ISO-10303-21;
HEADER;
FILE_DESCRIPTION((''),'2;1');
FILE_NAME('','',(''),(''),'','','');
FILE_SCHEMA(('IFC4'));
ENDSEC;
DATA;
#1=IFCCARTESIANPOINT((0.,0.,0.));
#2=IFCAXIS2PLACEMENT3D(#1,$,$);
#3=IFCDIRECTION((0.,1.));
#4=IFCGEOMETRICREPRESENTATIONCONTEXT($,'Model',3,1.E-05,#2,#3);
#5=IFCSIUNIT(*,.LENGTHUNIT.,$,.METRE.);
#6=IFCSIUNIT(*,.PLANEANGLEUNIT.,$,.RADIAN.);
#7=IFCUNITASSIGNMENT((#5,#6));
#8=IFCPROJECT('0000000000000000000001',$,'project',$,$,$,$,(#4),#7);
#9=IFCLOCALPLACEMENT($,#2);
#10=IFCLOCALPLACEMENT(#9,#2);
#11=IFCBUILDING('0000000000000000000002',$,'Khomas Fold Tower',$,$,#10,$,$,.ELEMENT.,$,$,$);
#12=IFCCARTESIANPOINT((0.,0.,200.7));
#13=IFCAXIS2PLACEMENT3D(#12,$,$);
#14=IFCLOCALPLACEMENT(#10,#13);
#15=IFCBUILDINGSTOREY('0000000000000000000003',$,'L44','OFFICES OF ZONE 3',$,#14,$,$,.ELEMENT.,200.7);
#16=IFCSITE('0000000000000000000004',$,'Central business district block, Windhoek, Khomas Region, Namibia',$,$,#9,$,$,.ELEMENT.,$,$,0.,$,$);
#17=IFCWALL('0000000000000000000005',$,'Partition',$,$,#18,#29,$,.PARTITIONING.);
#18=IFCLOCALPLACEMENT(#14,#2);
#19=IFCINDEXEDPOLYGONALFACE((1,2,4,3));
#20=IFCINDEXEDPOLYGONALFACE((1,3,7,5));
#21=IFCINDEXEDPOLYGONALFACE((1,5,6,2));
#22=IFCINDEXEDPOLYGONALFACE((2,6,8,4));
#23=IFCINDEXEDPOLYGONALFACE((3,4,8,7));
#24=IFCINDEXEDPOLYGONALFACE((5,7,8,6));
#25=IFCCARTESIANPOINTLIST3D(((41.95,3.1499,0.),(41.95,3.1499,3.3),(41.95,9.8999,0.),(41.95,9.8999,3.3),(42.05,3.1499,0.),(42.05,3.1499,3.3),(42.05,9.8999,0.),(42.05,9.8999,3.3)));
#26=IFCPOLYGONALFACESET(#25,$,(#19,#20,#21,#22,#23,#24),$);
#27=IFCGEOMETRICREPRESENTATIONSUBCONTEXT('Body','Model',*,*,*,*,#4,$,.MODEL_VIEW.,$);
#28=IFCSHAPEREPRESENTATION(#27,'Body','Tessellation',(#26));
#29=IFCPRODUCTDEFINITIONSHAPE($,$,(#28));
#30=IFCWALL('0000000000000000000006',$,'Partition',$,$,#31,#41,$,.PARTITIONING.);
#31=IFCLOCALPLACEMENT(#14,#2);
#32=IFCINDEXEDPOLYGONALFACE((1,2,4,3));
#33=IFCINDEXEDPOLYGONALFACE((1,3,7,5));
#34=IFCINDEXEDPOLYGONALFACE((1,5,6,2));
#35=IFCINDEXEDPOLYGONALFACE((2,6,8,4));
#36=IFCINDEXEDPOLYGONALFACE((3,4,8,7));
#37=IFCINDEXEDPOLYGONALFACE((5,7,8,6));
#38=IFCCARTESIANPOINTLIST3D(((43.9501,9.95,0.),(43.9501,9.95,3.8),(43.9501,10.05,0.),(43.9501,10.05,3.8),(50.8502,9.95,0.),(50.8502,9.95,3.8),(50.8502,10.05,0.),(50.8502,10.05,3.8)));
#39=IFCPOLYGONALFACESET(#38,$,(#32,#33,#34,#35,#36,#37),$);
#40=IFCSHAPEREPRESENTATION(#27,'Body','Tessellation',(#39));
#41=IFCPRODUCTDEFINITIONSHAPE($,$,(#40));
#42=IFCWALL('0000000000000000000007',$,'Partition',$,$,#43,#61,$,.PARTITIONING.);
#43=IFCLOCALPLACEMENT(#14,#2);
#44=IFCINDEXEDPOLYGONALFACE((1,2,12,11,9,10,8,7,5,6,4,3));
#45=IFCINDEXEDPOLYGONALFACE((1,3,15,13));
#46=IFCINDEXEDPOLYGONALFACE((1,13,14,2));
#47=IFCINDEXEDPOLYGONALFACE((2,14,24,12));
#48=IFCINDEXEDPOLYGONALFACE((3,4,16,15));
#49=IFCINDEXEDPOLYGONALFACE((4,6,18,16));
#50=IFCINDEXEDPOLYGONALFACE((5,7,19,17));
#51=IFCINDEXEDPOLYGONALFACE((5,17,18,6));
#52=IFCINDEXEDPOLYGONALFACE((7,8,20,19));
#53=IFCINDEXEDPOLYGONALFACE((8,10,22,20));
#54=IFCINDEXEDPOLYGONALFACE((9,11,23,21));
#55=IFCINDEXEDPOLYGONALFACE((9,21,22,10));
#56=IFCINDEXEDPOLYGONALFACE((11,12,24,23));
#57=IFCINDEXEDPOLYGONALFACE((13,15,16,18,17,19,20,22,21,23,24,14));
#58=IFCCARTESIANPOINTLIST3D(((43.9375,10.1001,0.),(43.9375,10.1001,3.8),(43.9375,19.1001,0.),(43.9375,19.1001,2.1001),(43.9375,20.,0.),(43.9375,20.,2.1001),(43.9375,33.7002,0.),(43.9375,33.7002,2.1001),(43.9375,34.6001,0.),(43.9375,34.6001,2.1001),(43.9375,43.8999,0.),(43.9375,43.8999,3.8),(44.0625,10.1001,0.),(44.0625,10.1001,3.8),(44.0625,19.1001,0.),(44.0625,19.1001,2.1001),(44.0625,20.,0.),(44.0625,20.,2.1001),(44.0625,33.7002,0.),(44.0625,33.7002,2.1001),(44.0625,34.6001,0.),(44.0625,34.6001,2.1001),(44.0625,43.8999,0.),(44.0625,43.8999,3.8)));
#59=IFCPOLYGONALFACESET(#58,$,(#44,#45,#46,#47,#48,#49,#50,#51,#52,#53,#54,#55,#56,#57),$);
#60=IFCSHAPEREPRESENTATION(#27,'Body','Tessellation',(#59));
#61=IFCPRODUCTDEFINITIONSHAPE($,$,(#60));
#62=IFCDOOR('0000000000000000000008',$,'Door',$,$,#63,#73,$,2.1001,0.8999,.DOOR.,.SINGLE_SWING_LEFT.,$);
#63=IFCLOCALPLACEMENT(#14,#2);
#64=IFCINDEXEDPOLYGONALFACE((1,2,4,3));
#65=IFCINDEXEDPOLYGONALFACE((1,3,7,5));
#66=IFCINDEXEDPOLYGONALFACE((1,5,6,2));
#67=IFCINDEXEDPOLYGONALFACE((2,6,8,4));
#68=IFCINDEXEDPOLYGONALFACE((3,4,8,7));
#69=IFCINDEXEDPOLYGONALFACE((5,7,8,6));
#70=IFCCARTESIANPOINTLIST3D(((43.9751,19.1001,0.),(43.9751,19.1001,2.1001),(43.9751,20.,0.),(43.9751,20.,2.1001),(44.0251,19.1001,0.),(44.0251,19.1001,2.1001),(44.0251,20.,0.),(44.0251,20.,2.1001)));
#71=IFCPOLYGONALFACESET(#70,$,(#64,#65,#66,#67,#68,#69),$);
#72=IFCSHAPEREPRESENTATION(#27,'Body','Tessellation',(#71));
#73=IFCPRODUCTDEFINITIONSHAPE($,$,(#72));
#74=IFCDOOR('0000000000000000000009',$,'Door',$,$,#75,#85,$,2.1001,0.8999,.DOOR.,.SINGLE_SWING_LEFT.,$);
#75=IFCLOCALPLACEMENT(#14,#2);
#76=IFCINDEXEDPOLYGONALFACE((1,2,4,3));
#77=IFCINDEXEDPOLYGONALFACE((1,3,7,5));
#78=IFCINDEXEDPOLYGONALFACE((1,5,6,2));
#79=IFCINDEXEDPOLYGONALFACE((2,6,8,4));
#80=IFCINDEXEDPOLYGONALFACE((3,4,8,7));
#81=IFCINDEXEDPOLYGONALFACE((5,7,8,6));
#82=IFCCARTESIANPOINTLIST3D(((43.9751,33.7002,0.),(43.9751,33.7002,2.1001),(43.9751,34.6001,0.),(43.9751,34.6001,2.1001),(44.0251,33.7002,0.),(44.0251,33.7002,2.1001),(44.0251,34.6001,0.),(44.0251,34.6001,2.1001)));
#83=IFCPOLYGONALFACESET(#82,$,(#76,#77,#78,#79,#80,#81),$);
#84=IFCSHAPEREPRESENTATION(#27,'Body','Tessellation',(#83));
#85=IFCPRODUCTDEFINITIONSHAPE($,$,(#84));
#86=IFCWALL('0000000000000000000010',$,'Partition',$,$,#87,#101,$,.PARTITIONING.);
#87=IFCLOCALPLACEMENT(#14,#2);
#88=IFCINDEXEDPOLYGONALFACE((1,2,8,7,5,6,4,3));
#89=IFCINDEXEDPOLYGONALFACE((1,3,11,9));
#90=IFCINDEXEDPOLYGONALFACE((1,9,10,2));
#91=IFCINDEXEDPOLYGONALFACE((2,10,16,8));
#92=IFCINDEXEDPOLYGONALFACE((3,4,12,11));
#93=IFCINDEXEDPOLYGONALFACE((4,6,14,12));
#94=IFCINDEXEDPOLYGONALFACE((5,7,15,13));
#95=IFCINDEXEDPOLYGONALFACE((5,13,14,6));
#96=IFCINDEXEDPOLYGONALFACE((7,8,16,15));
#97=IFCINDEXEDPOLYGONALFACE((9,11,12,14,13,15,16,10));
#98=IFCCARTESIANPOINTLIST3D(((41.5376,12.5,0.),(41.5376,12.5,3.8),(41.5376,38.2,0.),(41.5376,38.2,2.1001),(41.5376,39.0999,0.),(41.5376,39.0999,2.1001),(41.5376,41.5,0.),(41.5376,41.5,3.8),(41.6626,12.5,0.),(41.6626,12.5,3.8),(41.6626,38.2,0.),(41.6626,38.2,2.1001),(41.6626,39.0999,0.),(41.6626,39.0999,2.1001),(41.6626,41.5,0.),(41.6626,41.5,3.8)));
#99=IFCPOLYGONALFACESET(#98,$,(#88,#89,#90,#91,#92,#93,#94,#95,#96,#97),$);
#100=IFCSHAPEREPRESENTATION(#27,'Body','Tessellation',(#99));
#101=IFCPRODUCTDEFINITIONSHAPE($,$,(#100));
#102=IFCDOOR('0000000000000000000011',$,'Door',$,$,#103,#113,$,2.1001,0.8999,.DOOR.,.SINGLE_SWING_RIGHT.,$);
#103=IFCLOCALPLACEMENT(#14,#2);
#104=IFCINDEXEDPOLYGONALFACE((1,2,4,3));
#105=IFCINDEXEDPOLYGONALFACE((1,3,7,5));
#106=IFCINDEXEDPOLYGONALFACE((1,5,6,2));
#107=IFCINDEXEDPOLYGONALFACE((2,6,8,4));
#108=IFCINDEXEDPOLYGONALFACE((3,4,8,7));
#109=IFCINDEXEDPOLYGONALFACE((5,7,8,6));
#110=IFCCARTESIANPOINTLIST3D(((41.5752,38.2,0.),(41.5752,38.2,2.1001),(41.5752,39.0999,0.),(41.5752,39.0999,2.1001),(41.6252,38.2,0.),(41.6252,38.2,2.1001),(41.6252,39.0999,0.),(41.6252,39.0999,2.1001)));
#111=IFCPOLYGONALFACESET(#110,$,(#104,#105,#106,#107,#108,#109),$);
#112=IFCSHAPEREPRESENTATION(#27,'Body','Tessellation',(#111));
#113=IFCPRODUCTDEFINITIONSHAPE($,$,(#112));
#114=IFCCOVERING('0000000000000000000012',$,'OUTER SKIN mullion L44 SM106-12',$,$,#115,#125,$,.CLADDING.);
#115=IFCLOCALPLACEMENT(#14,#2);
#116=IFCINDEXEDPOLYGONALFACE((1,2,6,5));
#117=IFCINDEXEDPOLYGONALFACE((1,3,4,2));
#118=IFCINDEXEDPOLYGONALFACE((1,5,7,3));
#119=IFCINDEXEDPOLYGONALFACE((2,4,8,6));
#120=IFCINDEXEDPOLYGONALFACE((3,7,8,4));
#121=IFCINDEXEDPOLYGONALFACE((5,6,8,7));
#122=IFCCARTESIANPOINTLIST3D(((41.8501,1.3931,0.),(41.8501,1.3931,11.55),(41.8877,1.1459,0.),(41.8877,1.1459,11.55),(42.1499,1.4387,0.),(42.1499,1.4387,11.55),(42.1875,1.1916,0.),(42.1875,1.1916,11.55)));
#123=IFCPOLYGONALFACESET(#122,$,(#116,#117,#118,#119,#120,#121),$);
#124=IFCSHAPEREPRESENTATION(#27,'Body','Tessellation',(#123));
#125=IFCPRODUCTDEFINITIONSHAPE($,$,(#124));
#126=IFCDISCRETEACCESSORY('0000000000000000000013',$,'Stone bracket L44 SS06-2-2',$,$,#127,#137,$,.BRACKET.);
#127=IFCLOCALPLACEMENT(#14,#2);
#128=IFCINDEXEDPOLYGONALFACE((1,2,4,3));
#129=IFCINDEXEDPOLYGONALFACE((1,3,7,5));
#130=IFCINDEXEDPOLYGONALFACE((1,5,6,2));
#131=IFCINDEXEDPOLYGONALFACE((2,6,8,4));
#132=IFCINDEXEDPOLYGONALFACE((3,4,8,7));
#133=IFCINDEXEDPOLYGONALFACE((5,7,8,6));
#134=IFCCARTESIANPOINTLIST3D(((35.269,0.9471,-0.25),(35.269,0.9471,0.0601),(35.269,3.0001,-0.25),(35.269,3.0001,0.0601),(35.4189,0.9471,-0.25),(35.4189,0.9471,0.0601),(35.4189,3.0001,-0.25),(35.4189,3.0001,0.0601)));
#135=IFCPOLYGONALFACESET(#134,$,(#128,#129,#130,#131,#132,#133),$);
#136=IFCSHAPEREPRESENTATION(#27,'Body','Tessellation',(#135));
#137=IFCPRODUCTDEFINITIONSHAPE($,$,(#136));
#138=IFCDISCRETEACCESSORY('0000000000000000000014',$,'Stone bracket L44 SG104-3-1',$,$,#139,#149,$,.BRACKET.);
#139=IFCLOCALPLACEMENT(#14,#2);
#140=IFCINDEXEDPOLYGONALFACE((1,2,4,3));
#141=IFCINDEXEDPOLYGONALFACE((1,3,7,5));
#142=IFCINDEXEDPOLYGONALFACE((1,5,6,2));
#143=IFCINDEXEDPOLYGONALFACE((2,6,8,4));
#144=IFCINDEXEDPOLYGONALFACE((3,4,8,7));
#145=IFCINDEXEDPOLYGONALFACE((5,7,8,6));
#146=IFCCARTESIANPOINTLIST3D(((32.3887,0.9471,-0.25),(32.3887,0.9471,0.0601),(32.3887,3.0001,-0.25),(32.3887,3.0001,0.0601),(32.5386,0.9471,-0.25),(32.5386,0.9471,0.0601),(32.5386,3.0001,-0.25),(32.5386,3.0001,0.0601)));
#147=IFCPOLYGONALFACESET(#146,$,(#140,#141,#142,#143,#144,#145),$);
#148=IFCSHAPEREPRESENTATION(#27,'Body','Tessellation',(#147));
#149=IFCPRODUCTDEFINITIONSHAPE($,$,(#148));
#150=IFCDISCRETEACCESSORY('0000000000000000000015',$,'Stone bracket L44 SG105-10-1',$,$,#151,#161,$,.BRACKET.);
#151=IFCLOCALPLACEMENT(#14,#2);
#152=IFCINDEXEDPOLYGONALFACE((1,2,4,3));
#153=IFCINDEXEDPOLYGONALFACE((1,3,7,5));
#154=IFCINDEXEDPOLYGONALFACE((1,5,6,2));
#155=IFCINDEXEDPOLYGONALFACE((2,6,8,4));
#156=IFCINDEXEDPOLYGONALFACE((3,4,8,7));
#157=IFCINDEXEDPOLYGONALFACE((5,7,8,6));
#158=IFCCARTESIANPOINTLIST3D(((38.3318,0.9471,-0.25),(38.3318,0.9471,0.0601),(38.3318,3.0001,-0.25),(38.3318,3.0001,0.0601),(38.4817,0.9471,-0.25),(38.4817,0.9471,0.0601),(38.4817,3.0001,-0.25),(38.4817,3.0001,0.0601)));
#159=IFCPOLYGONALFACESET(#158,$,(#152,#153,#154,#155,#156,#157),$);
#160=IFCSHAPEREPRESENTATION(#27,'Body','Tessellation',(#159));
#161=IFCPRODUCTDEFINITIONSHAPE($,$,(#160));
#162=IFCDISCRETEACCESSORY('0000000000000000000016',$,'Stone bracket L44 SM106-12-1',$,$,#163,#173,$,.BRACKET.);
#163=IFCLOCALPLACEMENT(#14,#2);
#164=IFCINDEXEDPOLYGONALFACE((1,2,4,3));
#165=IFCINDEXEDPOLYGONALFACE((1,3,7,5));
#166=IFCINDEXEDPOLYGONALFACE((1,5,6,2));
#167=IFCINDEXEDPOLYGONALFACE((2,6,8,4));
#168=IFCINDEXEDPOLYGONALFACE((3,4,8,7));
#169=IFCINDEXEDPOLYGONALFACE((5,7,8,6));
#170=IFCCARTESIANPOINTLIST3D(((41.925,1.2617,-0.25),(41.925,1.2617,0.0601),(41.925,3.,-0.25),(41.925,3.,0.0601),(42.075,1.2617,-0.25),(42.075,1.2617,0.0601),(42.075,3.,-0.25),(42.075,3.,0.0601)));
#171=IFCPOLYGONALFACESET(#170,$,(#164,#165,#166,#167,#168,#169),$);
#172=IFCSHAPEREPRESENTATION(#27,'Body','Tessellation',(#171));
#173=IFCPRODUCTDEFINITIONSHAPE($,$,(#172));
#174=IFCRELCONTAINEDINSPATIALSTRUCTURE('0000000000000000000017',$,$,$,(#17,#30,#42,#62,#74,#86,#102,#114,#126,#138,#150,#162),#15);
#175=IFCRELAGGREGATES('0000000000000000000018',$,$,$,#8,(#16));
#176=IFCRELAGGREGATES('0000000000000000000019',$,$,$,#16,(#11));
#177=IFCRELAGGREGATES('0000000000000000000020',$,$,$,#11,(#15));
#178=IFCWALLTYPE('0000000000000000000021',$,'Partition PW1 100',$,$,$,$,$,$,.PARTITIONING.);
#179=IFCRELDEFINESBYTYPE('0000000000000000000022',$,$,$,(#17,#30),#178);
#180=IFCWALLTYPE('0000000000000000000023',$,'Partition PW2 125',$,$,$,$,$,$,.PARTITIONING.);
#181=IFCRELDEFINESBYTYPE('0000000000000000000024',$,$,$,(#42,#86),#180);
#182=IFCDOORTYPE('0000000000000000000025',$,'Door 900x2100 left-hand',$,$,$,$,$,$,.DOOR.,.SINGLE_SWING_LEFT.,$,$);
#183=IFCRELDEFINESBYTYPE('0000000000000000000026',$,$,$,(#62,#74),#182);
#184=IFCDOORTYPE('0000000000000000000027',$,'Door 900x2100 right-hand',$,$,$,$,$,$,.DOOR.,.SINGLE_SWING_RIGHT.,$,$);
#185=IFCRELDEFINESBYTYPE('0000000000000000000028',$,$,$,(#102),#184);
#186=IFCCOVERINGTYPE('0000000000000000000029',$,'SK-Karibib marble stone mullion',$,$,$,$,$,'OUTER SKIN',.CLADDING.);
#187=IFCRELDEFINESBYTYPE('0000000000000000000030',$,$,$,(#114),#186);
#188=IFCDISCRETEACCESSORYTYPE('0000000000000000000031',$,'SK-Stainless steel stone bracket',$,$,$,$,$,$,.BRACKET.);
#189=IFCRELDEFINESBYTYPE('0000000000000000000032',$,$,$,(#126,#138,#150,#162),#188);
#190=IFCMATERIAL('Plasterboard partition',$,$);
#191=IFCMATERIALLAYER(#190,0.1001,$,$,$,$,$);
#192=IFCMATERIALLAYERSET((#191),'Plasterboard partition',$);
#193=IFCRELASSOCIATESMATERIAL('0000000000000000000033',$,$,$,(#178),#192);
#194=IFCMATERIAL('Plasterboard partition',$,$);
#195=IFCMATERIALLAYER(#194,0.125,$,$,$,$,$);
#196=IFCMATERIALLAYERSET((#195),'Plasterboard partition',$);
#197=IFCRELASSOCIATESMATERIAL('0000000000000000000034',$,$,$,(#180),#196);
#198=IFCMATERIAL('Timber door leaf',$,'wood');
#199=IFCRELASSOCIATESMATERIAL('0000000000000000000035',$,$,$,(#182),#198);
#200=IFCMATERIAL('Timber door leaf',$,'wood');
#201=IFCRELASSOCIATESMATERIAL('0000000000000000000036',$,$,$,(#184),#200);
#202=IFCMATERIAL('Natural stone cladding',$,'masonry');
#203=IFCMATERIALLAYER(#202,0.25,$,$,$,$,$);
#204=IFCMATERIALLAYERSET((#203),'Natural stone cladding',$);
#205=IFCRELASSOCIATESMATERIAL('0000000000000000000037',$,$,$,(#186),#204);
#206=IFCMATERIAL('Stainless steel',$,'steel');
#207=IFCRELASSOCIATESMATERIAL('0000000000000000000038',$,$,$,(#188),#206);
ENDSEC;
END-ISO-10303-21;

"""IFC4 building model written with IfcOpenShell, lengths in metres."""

from ifc_helpers import new_model, si_unit, direction, frame, frame_2d, origin, origin_2d, place, context, subcontext, project, spatial, polyline, rectangle, outline, extrude, source, transform, mapped, material, layer, layer_set, type_object, element, fill, save


model = new_model("IFC4")

# Units and contexts
model_context = context("Model", 3, precision=1e-05, world=origin(), true_north=direction((0.0, 1.0)))
body_context = subcontext(model_context, "Body", "Model", "MODEL_VIEW")
ifc_project = project(units=[si_unit("LENGTHUNIT", "METRE"), si_unit("PLANEANGLEUNIT", "RADIAN")], contexts=[model_context])

# Site, building, storey
site_placement = place(None, origin())
site = spatial("IfcSite", under=ifc_project, at=site_placement, Name="Central business district block, Windhoek, Khomas Region, Namibia", CompositionType="ELEMENT", RefElevation=0.0)
building_placement = place(site_placement, origin())
building = spatial("IfcBuilding", under=site, at=building_placement, Name="Khomas Fold Tower", CompositionType="ELEMENT")
storey_placement = place(building_placement, frame((0.0, 0.0, 200.7)))
storey = spatial("IfcBuildingStorey", under=building, at=storey_placement, Name="L44", Description="OFFICES OF ZONE 3", CompositionType="ELEMENT", Elevation=200.7)

# Walls
ifc_material_1 = material(Name="Plasterboard partition")
ifc_layer_1 = layer(ifc_material_1, 0.1001)
ifc_layer_set_1 = layer_set([ifc_layer_1], Name="Plasterboard partition")
wall_type_1 = type_object("IfcWallType", Name="Partition PW1 100", PredefinedType="PARTITIONING", material=ifc_layer_set_1)
shared_shape_1 = source(origin(), body_context, "Body", "SweptSolid", [
    extrude(rectangle(XDim=6.75, YDim=0.1001, at=frame_2d((3.375, 0.0))), origin(), (0.0, 0.0, 1.0), 3.3),
])
wall_1_placement = place(storey_placement, frame((42.0, 3.1499, 0.0), z_axis=(0.0, 0.0, 1.0), x_axis=(0.0, 1.0, 0.0)))
element("IfcWall", 1, at=wall_1_placement, inside=storey, type_object=wall_type_1, Name="Partition", PredefinedType="PARTITIONING", context=body_context, shape_type="MappedRepresentation", body=[
    mapped(shared_shape_1, transform((0.0, 0.0, 0.0))),
])
shared_shape_2 = source(origin(), body_context, "Body", "SweptSolid", [
    extrude(rectangle(XDim=6.9001, YDim=0.1001, at=frame_2d((3.4502, 0.0))), origin(), (0.0, 0.0, 1.0), 3.8),
])
wall_2_placement = place(storey_placement, frame((43.95, 10.0, 0.0), z_axis=(0.0, 0.0, 1.0), x_axis=(1.0, 0.0, 0.0)))
element("IfcWall", 2, at=wall_2_placement, inside=storey, type_object=wall_type_1, Name="Partition", PredefinedType="PARTITIONING", context=body_context, shape_type="MappedRepresentation", body=[
    mapped(shared_shape_2, transform((0.0, 0.0, 0.0))),
])

# Wall, openings, doors
ifc_material_2 = material(Name="Plasterboard partition")
ifc_layer_2 = layer(ifc_material_2, 0.125)
ifc_layer_set_2 = layer_set([ifc_layer_2], Name="Plasterboard partition")
wall_type_2 = type_object("IfcWallType", Name="Partition PW2 125", PredefinedType="PARTITIONING", material=ifc_layer_set_2)
shared_shape_3 = source(origin(), body_context, "Body", "SweptSolid", [
    extrude(rectangle(XDim=33.7998, YDim=0.125, at=frame_2d((16.8999, 0.0))), origin(), (0.0, 0.0, 1.0), 3.8),
])
wall_3_placement = place(storey_placement, frame((44.0, 10.1001, 0.0), z_axis=(0.0, 0.0, 1.0), x_axis=(0.0, 1.0, 0.0)))
wall_3 = element("IfcWall", 3, at=wall_3_placement, inside=storey, type_object=wall_type_2, Name="Partition", PredefinedType="PARTITIONING", context=body_context, shape_type="MappedRepresentation", body=[
    mapped(shared_shape_3, transform((0.0, 0.0, 0.0))),
])
shared_shape_4 = source(origin(), body_context, "Body", "SweptSolid", [
    extrude(rectangle(XDim=0.8999, YDim=2.1001, at=frame_2d((0.45, 1.05))), frame((0.0, 0.0725, 0.0), z_axis=(0.0, -1.0, 0.0), x_axis=(1.0, 0.0, 0.0)), (0.0, 0.0, 1.0), 0.145),
])
opening_1_placement = place(wall_3_placement, frame((9.0, 0.0, 0.0)))
opening_1 = element("IfcOpeningElement", 4, at=opening_1_placement, cuts=wall_3, PredefinedType="OPENING", context=body_context, shape_type="MappedRepresentation", body=[
    mapped(shared_shape_4, transform((0.0, 0.0, 0.0))),
])
opening_2_placement = place(wall_3_placement, frame((23.6001, 0.0, 0.0)))
opening_2 = element("IfcOpeningElement", 5, at=opening_2_placement, cuts=wall_3, PredefinedType="OPENING", context=body_context, shape_type="MappedRepresentation", body=[
    mapped(shared_shape_4, transform((0.0, 0.0, 0.0))),
])
ifc_material_3 = material(Name="Timber door leaf", Category="wood")
door_type_1 = type_object("IfcDoorType", Name="Door 900x2100 left-hand", OperationType="SINGLE_SWING_LEFT", PredefinedType="DOOR", material=ifc_material_3)
shared_shape_5 = source(origin(), body_context, "Body", "SweptSolid", [
    extrude(rectangle(XDim=0.8999, YDim=2.1001, at=frame_2d((0.45, 1.05))), frame((0.0, 0.0249, 0.0), z_axis=(0.0, -1.0, 0.0), x_axis=(1.0, 0.0, 0.0)), (0.0, 0.0, 1.0), 0.05),
])
door_1_placement = place(opening_1_placement, origin())
door_1 = element("IfcDoor", 6, at=door_1_placement, inside=storey, type_object=door_type_1, Name="Door", OperationType="SINGLE_SWING_LEFT", OverallHeight=2.1001, OverallWidth=0.8999, PredefinedType="DOOR", context=body_context, shape_type="MappedRepresentation", body=[
    mapped(shared_shape_5, transform((0.0, 0.0, 0.0))),
])
fill(opening_1, door_1)
door_2_placement = place(opening_2_placement, origin())
door_2 = element("IfcDoor", 7, at=door_2_placement, inside=storey, type_object=door_type_1, Name="Door", OperationType="SINGLE_SWING_LEFT", OverallHeight=2.1001, OverallWidth=0.8999, PredefinedType="DOOR", context=body_context, shape_type="MappedRepresentation", body=[
    mapped(shared_shape_5, transform((0.0, 0.0, 0.0))),
])
fill(opening_2, door_2)

# Wall, opening, door
shared_shape_6 = source(origin(), body_context, "Body", "SweptSolid", [
    extrude(rectangle(XDim=29.0, YDim=0.125, at=frame_2d((14.5, 0.0))), origin(), (0.0, 0.0, 1.0), 3.8),
])
wall_4_placement = place(storey_placement, frame((41.6001, 12.5, 0.0), z_axis=(0.0, 0.0, 1.0), x_axis=(0.0, 1.0, 0.0)))
wall_4 = element("IfcWall", 8, at=wall_4_placement, inside=storey, type_object=wall_type_2, Name="Partition", PredefinedType="PARTITIONING", context=body_context, shape_type="MappedRepresentation", body=[
    mapped(shared_shape_6, transform((0.0, 0.0, 0.0))),
])
opening_3_placement = place(wall_4_placement, frame((25.7, 0.0, 0.0)))
opening_3 = element("IfcOpeningElement", 9, at=opening_3_placement, cuts=wall_4, PredefinedType="OPENING", context=body_context, shape_type="MappedRepresentation", body=[
    mapped(shared_shape_4, transform((0.0, 0.0, 0.0))),
])
ifc_material_4 = material(Name="Timber door leaf", Category="wood")
door_type_2 = type_object("IfcDoorType", Name="Door 900x2100 right-hand", OperationType="SINGLE_SWING_RIGHT", PredefinedType="DOOR", material=ifc_material_4)
door_3_placement = place(opening_3_placement, origin())
door_3 = element("IfcDoor", 10, at=door_3_placement, inside=storey, type_object=door_type_2, Name="Door", OperationType="SINGLE_SWING_RIGHT", OverallHeight=2.1001, OverallWidth=0.8999, PredefinedType="DOOR", context=body_context, shape_type="MappedRepresentation", body=[
    mapped(shared_shape_5, transform((0.0, 0.0, 0.0))),
])
fill(opening_3, door_3)

# Covering
ifc_material_5 = material(Name="Natural stone cladding", Category="masonry")
ifc_layer_3 = layer(ifc_material_5, 0.25)
ifc_layer_set_3 = layer_set([ifc_layer_3], Name="Natural stone cladding")
covering_type = type_object("IfcCoveringType", Name="SK-Karibib marble stone mullion", ElementType="OUTER SKIN", PredefinedType="CLADDING", material=ifc_layer_set_3)
covering_placement = place(storey_placement, frame((41.8501, 1.3931, 0.0), z_axis=(-0.150545, 0.988603, 0.0), x_axis=(0.0, 0.0, 1.0)))
element("IfcCovering", 11, at=covering_placement, inside=storey, type_object=covering_type, Name="OUTER SKIN mullion L44 SM106-12", PredefinedType="CLADDING", context=body_context, shape_type="SweptSolid", body=[
    extrude(outline(polyline([(0.0, 0.0), (11.55, 0.0), (11.55, 0.3033), (0.0, 0.3033), (0.0, 0.0)])), origin(), (0.0, 0.0, -1.0), 0.25),
])

# Discrete accessories
ifc_material_6 = material(Name="Stainless steel", Category="steel")
discrete_accessory_type = type_object("IfcDiscreteAccessoryType", Name="SK-Stainless steel stone bracket", PredefinedType="BRACKET", material=ifc_material_6)
shared_shape_7 = source(origin(), body_context, "Body", "SweptSolid", [
    extrude(rectangle(XDim=2.053, YDim=0.1499, at=origin_2d()), origin(), (0.0, 0.0, 1.0), 0.3101),
])
for number, where, z_axis, x_axis, name in (
    (12, (35.344, 1.9736, -0.25), (0.0, 0.0, 1.0), (0.0, -1.0, 0.0), "Stone bracket L44 SS06-2-2"),
    (13, (32.4636, 1.9736, -0.25), (0.0, 0.0, 1.0), (0.0, -1.0, 0.0), "Stone bracket L44 SG104-3-1"),
    (14, (38.4067, 1.9736, -0.25), (0.0, 0.0, 1.0), (0.0, -1.0, 0.0), "Stone bracket L44 SG105-10-1"),
):
    element("IfcDiscreteAccessory", number, at=place(storey_placement, frame(where, z_axis=z_axis, x_axis=x_axis)), inside=storey, type_object=discrete_accessory_type, Name=name, PredefinedType="BRACKET", context=body_context, shape_type="MappedRepresentation", body=[
        mapped(shared_shape_7, transform((0.0, 0.0, 0.0))),
    ])
shared_shape_8 = source(origin(), body_context, "Body", "SweptSolid", [
    extrude(rectangle(XDim=1.7383, YDim=0.1499, at=origin_2d()), origin(), (0.0, 0.0, 1.0), 0.3101),
])
discrete_accessory_1_placement = place(storey_placement, frame((42.0, 2.1309, -0.25), z_axis=(0.0, 0.0, 1.0), x_axis=(0.0, -1.0, 0.0)))
element("IfcDiscreteAccessory", 15, at=discrete_accessory_1_placement, inside=storey, type_object=discrete_accessory_type, Name="Stone bracket L44 SM106-12-1", PredefinedType="BRACKET", context=body_context, shape_type="MappedRepresentation", body=[
    mapped(shared_shape_8, transform((0.0, 0.0, 0.0))),
])

save(model, "model.ifc")
